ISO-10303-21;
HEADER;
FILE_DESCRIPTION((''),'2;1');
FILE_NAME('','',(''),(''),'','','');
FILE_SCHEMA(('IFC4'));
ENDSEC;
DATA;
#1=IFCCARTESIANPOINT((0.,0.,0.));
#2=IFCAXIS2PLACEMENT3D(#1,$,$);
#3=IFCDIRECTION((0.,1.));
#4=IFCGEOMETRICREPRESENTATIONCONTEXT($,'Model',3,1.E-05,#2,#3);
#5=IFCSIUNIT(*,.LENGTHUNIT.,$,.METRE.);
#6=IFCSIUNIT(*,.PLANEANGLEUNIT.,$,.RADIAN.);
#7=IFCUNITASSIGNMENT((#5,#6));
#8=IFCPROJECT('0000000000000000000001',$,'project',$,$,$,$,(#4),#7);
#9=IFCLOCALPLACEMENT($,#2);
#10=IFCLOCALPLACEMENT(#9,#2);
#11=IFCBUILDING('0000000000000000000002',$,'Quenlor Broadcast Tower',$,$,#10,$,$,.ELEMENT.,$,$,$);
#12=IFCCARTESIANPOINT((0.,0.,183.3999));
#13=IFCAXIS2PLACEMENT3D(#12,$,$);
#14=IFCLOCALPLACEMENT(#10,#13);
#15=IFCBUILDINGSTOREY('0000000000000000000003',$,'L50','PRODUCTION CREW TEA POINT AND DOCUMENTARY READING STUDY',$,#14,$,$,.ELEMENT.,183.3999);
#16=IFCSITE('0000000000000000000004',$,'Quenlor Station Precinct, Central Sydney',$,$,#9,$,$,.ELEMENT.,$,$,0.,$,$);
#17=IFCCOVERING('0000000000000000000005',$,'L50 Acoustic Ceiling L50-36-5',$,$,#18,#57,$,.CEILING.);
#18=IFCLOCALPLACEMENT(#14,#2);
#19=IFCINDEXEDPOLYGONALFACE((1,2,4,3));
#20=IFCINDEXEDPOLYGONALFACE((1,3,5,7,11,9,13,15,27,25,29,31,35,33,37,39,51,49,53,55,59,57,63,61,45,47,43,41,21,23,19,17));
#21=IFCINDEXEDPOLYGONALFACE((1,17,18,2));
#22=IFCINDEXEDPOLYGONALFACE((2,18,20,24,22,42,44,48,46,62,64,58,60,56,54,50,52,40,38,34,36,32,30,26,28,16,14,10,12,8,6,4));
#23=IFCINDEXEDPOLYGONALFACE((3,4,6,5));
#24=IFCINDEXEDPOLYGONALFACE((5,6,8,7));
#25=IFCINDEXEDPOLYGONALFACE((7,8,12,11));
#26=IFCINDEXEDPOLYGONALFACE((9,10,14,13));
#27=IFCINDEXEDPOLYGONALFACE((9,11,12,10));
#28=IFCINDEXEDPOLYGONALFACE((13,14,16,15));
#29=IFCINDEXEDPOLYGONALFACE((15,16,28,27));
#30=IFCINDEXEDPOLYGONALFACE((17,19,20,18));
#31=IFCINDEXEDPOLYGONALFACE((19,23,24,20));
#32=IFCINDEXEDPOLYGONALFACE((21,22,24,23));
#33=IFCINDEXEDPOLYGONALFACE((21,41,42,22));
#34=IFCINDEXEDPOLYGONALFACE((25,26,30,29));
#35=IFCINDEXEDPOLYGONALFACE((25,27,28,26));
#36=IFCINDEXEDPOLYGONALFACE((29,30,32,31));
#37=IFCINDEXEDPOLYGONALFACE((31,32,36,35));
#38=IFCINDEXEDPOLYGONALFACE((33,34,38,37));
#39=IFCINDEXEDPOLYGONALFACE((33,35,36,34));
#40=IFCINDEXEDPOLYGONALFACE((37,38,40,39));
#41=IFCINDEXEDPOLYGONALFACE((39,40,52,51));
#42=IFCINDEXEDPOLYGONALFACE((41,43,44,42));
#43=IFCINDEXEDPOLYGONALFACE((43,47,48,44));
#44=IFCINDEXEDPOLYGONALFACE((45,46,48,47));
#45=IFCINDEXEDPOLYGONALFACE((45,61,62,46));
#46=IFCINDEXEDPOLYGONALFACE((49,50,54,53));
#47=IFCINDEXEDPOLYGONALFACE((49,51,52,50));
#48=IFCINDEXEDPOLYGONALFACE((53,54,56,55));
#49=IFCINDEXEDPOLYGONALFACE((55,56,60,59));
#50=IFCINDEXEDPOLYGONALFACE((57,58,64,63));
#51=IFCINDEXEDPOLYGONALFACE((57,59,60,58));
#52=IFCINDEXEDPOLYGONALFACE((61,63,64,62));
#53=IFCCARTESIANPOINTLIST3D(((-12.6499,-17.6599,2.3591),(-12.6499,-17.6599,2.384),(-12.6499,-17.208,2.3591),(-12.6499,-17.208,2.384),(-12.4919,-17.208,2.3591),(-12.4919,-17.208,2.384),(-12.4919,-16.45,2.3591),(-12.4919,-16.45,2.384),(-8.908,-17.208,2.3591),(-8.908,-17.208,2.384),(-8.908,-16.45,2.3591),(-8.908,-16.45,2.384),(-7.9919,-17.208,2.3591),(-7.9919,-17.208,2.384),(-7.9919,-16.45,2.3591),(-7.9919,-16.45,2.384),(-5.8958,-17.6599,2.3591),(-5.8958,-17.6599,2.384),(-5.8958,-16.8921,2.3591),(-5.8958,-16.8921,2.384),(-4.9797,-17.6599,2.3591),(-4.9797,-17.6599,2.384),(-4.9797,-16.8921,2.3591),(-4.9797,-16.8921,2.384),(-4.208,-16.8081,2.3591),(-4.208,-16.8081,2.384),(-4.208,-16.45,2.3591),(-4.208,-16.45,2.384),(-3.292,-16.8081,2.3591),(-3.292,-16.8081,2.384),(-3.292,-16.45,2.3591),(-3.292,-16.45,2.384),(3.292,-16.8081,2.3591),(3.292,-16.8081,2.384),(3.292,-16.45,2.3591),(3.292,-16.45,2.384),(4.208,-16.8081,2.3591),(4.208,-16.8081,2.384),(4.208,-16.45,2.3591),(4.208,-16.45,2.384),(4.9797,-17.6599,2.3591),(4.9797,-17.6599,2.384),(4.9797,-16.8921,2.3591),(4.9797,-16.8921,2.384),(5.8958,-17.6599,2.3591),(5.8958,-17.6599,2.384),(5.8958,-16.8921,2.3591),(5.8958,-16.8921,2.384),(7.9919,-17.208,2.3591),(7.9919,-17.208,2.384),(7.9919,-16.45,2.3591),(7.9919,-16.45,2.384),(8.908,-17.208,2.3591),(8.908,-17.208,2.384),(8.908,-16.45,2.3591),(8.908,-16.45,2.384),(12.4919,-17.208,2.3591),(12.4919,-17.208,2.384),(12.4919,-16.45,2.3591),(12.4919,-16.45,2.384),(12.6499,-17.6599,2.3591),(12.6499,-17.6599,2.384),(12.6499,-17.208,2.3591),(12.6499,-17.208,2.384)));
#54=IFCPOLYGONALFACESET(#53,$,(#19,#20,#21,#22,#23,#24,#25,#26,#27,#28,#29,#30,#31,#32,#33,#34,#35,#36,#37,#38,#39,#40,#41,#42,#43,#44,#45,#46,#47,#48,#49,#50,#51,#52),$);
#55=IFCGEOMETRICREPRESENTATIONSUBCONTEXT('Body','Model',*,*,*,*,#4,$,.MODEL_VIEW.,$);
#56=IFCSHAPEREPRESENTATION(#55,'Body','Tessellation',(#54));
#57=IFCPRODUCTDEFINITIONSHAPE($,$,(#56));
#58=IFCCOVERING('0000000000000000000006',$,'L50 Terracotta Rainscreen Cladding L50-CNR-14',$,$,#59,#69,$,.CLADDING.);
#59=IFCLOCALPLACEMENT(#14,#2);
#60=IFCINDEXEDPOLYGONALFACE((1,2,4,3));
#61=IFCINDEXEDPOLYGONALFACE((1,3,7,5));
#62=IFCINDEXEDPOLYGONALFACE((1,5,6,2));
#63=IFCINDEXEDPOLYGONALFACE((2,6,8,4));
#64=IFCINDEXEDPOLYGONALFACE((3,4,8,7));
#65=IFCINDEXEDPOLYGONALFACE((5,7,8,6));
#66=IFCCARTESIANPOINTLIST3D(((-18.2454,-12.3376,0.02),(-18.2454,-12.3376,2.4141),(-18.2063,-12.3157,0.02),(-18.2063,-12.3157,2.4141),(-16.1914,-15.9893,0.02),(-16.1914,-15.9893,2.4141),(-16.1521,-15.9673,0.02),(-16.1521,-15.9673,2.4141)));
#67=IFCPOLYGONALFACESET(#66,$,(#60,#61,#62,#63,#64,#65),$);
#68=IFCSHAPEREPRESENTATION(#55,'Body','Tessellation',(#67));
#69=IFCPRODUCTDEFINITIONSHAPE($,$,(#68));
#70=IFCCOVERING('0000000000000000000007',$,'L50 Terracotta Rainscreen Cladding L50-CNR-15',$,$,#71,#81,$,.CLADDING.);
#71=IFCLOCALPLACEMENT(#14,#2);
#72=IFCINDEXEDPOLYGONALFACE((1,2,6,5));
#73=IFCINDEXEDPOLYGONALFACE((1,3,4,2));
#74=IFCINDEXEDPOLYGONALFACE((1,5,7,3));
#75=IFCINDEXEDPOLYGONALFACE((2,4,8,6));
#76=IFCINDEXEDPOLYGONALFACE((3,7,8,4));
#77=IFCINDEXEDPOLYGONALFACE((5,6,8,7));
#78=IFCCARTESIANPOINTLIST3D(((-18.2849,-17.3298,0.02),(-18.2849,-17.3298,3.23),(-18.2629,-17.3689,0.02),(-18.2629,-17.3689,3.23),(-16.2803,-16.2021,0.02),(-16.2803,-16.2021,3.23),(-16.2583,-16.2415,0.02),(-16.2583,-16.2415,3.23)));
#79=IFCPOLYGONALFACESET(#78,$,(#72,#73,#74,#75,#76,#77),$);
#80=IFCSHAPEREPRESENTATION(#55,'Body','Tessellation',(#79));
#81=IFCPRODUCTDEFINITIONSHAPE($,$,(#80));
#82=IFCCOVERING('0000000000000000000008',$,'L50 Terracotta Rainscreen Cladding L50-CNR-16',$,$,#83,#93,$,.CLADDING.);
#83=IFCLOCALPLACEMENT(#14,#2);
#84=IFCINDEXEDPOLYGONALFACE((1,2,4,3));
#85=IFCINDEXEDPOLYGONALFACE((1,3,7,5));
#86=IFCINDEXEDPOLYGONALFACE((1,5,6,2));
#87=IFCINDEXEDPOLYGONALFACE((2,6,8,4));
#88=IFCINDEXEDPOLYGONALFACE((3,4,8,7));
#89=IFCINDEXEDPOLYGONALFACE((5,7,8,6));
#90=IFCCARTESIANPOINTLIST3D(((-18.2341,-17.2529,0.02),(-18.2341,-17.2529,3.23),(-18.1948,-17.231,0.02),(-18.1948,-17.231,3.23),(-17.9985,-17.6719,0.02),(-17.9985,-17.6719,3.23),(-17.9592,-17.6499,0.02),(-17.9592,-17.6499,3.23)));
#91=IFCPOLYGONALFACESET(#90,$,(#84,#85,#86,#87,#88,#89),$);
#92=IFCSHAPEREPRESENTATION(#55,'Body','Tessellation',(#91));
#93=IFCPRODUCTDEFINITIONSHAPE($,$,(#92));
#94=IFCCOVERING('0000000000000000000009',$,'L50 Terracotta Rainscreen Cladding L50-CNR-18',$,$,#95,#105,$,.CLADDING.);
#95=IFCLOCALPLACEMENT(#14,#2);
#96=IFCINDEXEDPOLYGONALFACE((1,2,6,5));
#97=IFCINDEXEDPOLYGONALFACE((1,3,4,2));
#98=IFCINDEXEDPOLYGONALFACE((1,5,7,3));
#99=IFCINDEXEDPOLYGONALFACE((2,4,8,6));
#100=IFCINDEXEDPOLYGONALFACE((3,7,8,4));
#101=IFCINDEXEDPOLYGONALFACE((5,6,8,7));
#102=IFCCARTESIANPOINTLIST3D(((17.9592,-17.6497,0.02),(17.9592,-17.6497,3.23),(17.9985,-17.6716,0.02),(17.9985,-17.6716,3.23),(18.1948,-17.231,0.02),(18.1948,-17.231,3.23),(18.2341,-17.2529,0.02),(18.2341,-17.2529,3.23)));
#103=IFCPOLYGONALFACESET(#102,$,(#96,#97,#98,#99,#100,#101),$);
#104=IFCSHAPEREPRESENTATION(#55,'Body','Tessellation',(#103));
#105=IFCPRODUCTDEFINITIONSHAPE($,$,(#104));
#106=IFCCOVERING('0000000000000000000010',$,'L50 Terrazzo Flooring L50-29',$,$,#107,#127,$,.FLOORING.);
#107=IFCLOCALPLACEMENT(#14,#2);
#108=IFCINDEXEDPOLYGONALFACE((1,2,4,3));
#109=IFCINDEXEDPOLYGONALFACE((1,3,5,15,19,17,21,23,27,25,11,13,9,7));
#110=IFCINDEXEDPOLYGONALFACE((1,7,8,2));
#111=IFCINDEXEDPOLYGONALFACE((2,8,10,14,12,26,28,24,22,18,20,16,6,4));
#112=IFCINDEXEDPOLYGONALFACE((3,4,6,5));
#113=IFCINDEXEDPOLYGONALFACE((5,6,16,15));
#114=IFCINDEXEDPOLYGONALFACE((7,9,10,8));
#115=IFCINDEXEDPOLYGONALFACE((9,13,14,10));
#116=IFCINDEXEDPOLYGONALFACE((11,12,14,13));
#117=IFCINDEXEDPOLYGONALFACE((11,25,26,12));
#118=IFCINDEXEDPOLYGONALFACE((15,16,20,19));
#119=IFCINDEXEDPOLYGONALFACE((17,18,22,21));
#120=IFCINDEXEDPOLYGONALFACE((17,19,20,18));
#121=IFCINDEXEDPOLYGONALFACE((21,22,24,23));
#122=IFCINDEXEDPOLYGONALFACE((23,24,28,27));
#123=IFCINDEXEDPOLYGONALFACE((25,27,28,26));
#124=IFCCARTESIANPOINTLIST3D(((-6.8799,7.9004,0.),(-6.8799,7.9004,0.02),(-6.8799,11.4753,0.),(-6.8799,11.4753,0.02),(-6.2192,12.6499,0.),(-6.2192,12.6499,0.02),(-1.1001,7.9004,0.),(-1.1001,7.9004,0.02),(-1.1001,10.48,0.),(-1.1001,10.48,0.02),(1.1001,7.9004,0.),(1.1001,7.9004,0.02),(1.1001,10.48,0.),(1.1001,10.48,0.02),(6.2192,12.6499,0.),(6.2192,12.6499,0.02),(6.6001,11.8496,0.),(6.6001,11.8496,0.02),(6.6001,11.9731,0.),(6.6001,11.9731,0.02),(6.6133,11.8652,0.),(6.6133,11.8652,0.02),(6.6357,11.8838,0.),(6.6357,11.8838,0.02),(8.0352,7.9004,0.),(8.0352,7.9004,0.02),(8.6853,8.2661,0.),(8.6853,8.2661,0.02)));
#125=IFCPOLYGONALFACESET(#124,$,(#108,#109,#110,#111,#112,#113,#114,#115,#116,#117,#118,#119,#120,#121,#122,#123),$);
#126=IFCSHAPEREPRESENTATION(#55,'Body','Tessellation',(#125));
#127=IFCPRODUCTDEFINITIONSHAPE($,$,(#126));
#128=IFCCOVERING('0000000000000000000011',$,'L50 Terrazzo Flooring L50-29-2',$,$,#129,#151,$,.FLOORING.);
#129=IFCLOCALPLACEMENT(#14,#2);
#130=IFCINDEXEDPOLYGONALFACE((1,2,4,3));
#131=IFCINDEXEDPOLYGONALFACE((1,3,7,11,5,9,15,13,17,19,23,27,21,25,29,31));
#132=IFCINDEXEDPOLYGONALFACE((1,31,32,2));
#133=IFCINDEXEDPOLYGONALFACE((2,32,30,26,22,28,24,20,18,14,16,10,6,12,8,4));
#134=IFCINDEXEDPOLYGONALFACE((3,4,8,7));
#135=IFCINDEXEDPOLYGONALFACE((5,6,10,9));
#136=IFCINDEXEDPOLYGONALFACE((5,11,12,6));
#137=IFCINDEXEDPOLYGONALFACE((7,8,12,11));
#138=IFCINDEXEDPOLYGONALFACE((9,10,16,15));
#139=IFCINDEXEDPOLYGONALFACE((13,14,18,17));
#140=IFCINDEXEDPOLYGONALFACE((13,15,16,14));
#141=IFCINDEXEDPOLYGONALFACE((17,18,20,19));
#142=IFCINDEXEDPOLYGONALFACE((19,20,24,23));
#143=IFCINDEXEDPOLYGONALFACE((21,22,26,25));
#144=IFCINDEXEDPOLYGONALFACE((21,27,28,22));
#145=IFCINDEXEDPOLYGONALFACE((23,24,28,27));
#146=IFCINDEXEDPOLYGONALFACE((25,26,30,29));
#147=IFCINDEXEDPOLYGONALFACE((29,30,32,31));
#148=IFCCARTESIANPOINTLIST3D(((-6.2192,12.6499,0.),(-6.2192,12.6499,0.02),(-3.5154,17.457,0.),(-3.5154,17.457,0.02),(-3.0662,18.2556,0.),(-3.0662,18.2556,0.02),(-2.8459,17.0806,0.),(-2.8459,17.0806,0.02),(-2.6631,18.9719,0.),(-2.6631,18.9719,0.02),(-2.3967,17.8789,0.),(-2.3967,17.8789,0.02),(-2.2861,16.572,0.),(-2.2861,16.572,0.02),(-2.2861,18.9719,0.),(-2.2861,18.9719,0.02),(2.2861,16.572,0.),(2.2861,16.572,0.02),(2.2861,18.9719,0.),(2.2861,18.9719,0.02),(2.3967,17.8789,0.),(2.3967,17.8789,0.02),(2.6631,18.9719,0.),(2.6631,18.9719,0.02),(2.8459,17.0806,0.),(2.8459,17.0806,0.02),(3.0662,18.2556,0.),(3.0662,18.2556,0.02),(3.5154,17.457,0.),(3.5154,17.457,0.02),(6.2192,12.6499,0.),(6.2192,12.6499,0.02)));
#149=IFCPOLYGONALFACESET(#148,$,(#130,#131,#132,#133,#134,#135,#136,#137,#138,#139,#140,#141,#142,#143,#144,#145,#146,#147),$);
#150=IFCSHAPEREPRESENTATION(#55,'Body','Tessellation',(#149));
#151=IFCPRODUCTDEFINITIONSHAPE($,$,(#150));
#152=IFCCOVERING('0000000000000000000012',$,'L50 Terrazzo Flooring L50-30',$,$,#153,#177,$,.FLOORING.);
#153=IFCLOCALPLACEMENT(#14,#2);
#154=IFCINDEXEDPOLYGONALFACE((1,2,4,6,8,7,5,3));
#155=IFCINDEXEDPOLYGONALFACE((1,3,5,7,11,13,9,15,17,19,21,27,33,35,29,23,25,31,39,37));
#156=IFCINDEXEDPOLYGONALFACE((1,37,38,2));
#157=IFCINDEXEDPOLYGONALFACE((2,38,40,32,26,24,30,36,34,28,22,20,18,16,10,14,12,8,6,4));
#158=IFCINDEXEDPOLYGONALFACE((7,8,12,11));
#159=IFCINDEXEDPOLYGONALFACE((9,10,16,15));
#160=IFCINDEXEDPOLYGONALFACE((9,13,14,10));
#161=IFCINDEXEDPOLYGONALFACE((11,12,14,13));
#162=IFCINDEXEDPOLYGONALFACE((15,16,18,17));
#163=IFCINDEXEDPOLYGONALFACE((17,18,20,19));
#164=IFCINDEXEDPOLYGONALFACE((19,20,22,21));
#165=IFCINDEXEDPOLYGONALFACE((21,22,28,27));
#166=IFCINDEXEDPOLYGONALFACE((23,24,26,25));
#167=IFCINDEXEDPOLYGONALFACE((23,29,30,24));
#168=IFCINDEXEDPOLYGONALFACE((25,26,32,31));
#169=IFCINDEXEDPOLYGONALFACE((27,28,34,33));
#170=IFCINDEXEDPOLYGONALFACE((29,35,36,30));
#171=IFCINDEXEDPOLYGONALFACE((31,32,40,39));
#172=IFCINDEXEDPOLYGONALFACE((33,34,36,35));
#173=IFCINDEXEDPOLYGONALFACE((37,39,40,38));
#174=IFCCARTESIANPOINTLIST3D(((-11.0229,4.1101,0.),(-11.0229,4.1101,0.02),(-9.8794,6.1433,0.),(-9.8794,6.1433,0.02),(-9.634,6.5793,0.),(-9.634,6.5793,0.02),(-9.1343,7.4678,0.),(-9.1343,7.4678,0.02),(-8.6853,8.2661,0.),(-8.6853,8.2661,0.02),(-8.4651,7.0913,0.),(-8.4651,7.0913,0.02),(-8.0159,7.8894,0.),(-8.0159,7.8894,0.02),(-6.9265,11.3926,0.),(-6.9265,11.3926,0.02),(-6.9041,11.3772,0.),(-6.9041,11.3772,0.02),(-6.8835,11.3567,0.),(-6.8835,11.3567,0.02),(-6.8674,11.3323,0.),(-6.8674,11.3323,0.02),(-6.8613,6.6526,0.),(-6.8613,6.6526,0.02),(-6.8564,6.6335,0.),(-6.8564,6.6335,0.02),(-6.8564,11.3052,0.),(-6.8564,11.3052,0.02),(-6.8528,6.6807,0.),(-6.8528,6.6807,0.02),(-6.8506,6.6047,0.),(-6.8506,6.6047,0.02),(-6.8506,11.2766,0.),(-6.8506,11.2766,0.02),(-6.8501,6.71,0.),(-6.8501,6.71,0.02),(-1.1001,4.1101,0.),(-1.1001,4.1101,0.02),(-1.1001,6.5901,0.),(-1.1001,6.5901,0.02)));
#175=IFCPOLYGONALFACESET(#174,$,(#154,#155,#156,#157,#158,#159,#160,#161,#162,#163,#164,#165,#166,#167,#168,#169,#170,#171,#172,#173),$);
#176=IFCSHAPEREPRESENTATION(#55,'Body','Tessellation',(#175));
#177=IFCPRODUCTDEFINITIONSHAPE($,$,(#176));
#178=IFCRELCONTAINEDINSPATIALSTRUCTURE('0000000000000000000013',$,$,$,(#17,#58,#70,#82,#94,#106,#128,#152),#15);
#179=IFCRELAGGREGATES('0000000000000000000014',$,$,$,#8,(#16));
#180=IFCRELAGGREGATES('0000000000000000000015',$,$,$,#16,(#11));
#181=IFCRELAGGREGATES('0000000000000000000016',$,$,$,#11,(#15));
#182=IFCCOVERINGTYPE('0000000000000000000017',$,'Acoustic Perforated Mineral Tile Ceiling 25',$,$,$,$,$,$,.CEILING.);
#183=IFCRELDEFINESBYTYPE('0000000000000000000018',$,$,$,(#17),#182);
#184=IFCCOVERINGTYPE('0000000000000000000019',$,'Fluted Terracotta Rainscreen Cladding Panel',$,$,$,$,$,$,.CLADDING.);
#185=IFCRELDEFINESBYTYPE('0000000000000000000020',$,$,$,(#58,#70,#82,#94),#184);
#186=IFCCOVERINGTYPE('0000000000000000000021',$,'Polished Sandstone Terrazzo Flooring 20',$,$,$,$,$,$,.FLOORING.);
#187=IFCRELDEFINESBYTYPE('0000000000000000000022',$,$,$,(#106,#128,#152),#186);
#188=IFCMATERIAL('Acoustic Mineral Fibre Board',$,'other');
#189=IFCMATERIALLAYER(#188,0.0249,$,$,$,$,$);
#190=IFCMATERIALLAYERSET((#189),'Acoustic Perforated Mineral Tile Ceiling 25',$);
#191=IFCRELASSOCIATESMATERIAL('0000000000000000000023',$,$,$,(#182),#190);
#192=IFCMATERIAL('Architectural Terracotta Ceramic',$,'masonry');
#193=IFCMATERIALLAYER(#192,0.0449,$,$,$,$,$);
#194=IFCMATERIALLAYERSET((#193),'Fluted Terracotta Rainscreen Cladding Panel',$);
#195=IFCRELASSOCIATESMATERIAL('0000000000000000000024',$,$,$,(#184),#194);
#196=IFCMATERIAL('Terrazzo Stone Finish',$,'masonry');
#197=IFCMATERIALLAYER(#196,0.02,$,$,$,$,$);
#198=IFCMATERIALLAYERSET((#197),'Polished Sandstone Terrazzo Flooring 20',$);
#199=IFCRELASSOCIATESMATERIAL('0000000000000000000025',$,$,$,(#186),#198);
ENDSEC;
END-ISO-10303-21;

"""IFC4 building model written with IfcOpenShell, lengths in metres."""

from ifc_helpers import new_model, si_unit, direction, frame, origin, place, context, subcontext, project, spatial, polyline, outline, extrude, material, layer, layer_set, type_object, element, save


model = new_model("IFC4")

# Units and contexts
model_context = context("Model", 3, precision=1e-05, world=origin(), true_north=direction((0.0, 1.0)))
body_context = subcontext(model_context, "Body", "Model", "MODEL_VIEW")
ifc_project = project(units=[si_unit("LENGTHUNIT", "METRE"), si_unit("PLANEANGLEUNIT", "RADIAN")], contexts=[model_context])

# Site, building, storey
site_placement = place(None, origin())
site = spatial("IfcSite", under=ifc_project, at=site_placement, Name="Quenlor Station Precinct, Central Sydney", CompositionType="ELEMENT", RefElevation=0.0)
building_placement = place(site_placement, origin())
building = spatial("IfcBuilding", under=site, at=building_placement, Name="Quenlor Broadcast Tower", CompositionType="ELEMENT")
storey_placement = place(building_placement, frame((0.0, 0.0, 183.3999)))
storey = spatial("IfcBuildingStorey", under=building, at=storey_placement, Name="L50", Description="PRODUCTION CREW TEA POINT AND DOCUMENTARY READING STUDY", CompositionType="ELEMENT", Elevation=183.3999)

# Coverings
ifc_material_1 = material(Name="Acoustic Mineral Fibre Board", Category="other")
ifc_layer_1 = layer(ifc_material_1, 0.0249)
ifc_layer_set_1 = layer_set([ifc_layer_1], Name="Acoustic Perforated Mineral Tile Ceiling 25")
covering_type_1 = type_object("IfcCoveringType", Name="Acoustic Perforated Mineral Tile Ceiling 25", PredefinedType="CEILING", material=ifc_layer_set_1)
covering_1_placement = place(storey_placement, frame((0.0, 0.0, 2.3591)))
element("IfcCovering", 1, at=covering_1_placement, inside=storey, type_object=covering_type_1, Name="L50 Acoustic Ceiling L50-36-5", PredefinedType="CEILING", context=body_context, shape_type="SweptSolid", body=[
    extrude(outline(polyline([(-12.4919, -17.208), (-12.4919, -16.45), (-8.908, -16.45), (-8.908, -17.208), (-7.9919, -17.208), (-7.9919, -16.45), (-4.208, -16.45), (-4.208, -16.8081), (-3.292, -16.8081), (-3.292, -16.45), (3.292, -16.45), (3.292, -16.8081), (4.208, -16.8081), (4.208, -16.45), (7.9919, -16.45), (7.9919, -17.208), (8.908, -17.208), (8.908, -16.45), (12.4919, -16.45), (12.4919, -17.208), (12.6499, -17.208), (12.6499, -17.6599), (5.8958, -17.6599), (5.8958, -16.8921), (4.9797, -16.8921), (4.9797, -17.6599), (-4.9797, -17.6599), (-4.9797, -16.8921), (-5.8958, -16.8921), (-5.8958, -17.6599), (-12.6499, -17.6599), (-12.6499, -17.208), (-12.4919, -17.208)])), origin(), (0.0, 0.0, 1.0), 0.0249),
])
ifc_material_2 = material(Name="Architectural Terracotta Ceramic", Category="masonry")
ifc_layer_2 = layer(ifc_material_2, 0.0449)
ifc_layer_set_2 = layer_set([ifc_layer_2], Name="Fluted Terracotta Rainscreen Cladding Panel")
covering_type_2 = type_object("IfcCoveringType", Name="Fluted Terracotta Rainscreen Cladding Panel", PredefinedType="CLADDING", material=ifc_layer_set_2)
covering_2_placement = place(storey_placement, frame((0.0, 0.0, 0.02)))
element("IfcCovering", 2, at=covering_2_placement, inside=storey, type_object=covering_type_2, Name="L50 Terracotta Rainscreen Cladding L50-CNR-14", PredefinedType="CLADDING", context=body_context, shape_type="SweptSolid", body=[
    extrude(outline(polyline([(-18.2454, -12.3376), (-16.1914, -15.9893), (-16.1521, -15.9673), (-18.2063, -12.3157), (-18.2454, -12.3376)])), origin(), (0.0, 0.0, 1.0), 2.394),
])
covering_3_placement = place(storey_placement, frame((0.0, 0.0, 0.02)))
element("IfcCovering", 3, at=covering_3_placement, inside=storey, type_object=covering_type_2, Name="L50 Terracotta Rainscreen Cladding L50-CNR-15", PredefinedType="CLADDING", context=body_context, shape_type="SweptSolid", body=[
    extrude(outline(polyline([(-16.2803, -16.2021), (-18.2849, -17.3298), (-18.2629, -17.3689), (-16.2583, -16.2415), (-16.2803, -16.2021)])), origin(), (0.0, 0.0, 1.0), 3.21),
])
covering_4_placement = place(storey_placement, frame((0.0, 0.0, 0.02)))
element("IfcCovering", 4, at=covering_4_placement, inside=storey, type_object=covering_type_2, Name="L50 Terracotta Rainscreen Cladding L50-CNR-16", PredefinedType="CLADDING", context=body_context, shape_type="SweptSolid", body=[
    extrude(outline(polyline([(-18.2341, -17.2529), (-17.9985, -17.6719), (-17.9592, -17.6499), (-18.1948, -17.231), (-18.2341, -17.2529)])), origin(), (0.0, 0.0, 1.0), 3.21),
])
covering_5_placement = place(storey_placement, frame((0.0, 0.0, 0.02)))
element("IfcCovering", 5, at=covering_5_placement, inside=storey, type_object=covering_type_2, Name="L50 Terracotta Rainscreen Cladding L50-CNR-18", PredefinedType="CLADDING", context=body_context, shape_type="SweptSolid", body=[
    extrude(outline(polyline([(17.9985, -17.6716), (18.2341, -17.2529), (18.1948, -17.231), (17.9592, -17.6497), (17.9985, -17.6716)])), origin(), (0.0, 0.0, 1.0), 3.21),
])
ifc_material_3 = material(Name="Terrazzo Stone Finish", Category="masonry")
ifc_layer_3 = layer(ifc_material_3, 0.02)
ifc_layer_set_3 = layer_set([ifc_layer_3], Name="Polished Sandstone Terrazzo Flooring 20")
covering_type_3 = type_object("IfcCoveringType", Name="Polished Sandstone Terrazzo Flooring 20", PredefinedType="FLOORING", material=ifc_layer_set_3)
covering_6_placement = place(storey_placement, origin())
element("IfcCovering", 6, at=covering_6_placement, inside=storey, type_object=covering_type_3, Name="L50 Terrazzo Flooring L50-29", PredefinedType="FLOORING", context=body_context, shape_type="SweptSolid", body=[
    extrude(outline(polyline([(-6.8799, 7.9004), (-6.8799, 11.4753), (-6.2192, 12.6499), (6.2192, 12.6499), (6.6001, 11.9731), (6.6001, 11.8496), (6.6133, 11.8652), (6.6357, 11.8838), (8.6853, 8.2661), (8.0352, 7.9004), (1.1001, 7.9004), (1.1001, 10.48), (-1.1001, 10.48), (-1.1001, 7.9004), (-6.8799, 7.9004)])), origin(), (0.0, 0.0, 1.0), 0.02),
])
covering_7_placement = place(storey_placement, origin())
element("IfcCovering", 7, at=covering_7_placement, inside=storey, type_object=covering_type_3, Name="L50 Terrazzo Flooring L50-29-2", PredefinedType="FLOORING", context=body_context, shape_type="SweptSolid", body=[
    extrude(outline(polyline([(-3.5154, 17.457), (-2.8459, 17.0806), (-2.3967, 17.8789), (-3.0662, 18.2556), (-2.6631, 18.9719), (-2.2861, 18.9719), (-2.2861, 16.572), (2.2861, 16.572), (2.2861, 18.9719), (2.6631, 18.9719), (3.0662, 18.2556), (2.3967, 17.8789), (2.8459, 17.0806), (3.5154, 17.457), (6.2192, 12.6499), (-6.2192, 12.6499), (-3.5154, 17.457)])), origin(), (0.0, 0.0, 1.0), 0.02),
])
covering_8_placement = place(storey_placement, origin())
element("IfcCovering", 8, at=covering_8_placement, inside=storey, type_object=covering_type_3, Name="L50 Terrazzo Flooring L50-30", PredefinedType="FLOORING", context=body_context, shape_type="SweptSolid", body=[
    extrude(outline(polyline([(-1.1001, 4.1101), (-11.0229, 4.1101), (-9.8794, 6.1433), (-9.634, 6.5793), (-9.1343, 7.4678), (-8.4651, 7.0913), (-8.0159, 7.8894), (-8.6853, 8.2661), (-6.9265, 11.3926), (-6.9041, 11.3772), (-6.8835, 11.3567), (-6.8674, 11.3323), (-6.8564, 11.3052), (-6.8506, 11.2766), (-6.8501, 6.71), (-6.8528, 6.6807), (-6.8613, 6.6526), (-6.8564, 6.6335), (-6.8506, 6.6047), (-1.1001, 6.5901), (-1.1001, 4.1101)])), origin(), (0.0, 0.0, 1.0), 0.02),
])

save(model, "model.ifc")
